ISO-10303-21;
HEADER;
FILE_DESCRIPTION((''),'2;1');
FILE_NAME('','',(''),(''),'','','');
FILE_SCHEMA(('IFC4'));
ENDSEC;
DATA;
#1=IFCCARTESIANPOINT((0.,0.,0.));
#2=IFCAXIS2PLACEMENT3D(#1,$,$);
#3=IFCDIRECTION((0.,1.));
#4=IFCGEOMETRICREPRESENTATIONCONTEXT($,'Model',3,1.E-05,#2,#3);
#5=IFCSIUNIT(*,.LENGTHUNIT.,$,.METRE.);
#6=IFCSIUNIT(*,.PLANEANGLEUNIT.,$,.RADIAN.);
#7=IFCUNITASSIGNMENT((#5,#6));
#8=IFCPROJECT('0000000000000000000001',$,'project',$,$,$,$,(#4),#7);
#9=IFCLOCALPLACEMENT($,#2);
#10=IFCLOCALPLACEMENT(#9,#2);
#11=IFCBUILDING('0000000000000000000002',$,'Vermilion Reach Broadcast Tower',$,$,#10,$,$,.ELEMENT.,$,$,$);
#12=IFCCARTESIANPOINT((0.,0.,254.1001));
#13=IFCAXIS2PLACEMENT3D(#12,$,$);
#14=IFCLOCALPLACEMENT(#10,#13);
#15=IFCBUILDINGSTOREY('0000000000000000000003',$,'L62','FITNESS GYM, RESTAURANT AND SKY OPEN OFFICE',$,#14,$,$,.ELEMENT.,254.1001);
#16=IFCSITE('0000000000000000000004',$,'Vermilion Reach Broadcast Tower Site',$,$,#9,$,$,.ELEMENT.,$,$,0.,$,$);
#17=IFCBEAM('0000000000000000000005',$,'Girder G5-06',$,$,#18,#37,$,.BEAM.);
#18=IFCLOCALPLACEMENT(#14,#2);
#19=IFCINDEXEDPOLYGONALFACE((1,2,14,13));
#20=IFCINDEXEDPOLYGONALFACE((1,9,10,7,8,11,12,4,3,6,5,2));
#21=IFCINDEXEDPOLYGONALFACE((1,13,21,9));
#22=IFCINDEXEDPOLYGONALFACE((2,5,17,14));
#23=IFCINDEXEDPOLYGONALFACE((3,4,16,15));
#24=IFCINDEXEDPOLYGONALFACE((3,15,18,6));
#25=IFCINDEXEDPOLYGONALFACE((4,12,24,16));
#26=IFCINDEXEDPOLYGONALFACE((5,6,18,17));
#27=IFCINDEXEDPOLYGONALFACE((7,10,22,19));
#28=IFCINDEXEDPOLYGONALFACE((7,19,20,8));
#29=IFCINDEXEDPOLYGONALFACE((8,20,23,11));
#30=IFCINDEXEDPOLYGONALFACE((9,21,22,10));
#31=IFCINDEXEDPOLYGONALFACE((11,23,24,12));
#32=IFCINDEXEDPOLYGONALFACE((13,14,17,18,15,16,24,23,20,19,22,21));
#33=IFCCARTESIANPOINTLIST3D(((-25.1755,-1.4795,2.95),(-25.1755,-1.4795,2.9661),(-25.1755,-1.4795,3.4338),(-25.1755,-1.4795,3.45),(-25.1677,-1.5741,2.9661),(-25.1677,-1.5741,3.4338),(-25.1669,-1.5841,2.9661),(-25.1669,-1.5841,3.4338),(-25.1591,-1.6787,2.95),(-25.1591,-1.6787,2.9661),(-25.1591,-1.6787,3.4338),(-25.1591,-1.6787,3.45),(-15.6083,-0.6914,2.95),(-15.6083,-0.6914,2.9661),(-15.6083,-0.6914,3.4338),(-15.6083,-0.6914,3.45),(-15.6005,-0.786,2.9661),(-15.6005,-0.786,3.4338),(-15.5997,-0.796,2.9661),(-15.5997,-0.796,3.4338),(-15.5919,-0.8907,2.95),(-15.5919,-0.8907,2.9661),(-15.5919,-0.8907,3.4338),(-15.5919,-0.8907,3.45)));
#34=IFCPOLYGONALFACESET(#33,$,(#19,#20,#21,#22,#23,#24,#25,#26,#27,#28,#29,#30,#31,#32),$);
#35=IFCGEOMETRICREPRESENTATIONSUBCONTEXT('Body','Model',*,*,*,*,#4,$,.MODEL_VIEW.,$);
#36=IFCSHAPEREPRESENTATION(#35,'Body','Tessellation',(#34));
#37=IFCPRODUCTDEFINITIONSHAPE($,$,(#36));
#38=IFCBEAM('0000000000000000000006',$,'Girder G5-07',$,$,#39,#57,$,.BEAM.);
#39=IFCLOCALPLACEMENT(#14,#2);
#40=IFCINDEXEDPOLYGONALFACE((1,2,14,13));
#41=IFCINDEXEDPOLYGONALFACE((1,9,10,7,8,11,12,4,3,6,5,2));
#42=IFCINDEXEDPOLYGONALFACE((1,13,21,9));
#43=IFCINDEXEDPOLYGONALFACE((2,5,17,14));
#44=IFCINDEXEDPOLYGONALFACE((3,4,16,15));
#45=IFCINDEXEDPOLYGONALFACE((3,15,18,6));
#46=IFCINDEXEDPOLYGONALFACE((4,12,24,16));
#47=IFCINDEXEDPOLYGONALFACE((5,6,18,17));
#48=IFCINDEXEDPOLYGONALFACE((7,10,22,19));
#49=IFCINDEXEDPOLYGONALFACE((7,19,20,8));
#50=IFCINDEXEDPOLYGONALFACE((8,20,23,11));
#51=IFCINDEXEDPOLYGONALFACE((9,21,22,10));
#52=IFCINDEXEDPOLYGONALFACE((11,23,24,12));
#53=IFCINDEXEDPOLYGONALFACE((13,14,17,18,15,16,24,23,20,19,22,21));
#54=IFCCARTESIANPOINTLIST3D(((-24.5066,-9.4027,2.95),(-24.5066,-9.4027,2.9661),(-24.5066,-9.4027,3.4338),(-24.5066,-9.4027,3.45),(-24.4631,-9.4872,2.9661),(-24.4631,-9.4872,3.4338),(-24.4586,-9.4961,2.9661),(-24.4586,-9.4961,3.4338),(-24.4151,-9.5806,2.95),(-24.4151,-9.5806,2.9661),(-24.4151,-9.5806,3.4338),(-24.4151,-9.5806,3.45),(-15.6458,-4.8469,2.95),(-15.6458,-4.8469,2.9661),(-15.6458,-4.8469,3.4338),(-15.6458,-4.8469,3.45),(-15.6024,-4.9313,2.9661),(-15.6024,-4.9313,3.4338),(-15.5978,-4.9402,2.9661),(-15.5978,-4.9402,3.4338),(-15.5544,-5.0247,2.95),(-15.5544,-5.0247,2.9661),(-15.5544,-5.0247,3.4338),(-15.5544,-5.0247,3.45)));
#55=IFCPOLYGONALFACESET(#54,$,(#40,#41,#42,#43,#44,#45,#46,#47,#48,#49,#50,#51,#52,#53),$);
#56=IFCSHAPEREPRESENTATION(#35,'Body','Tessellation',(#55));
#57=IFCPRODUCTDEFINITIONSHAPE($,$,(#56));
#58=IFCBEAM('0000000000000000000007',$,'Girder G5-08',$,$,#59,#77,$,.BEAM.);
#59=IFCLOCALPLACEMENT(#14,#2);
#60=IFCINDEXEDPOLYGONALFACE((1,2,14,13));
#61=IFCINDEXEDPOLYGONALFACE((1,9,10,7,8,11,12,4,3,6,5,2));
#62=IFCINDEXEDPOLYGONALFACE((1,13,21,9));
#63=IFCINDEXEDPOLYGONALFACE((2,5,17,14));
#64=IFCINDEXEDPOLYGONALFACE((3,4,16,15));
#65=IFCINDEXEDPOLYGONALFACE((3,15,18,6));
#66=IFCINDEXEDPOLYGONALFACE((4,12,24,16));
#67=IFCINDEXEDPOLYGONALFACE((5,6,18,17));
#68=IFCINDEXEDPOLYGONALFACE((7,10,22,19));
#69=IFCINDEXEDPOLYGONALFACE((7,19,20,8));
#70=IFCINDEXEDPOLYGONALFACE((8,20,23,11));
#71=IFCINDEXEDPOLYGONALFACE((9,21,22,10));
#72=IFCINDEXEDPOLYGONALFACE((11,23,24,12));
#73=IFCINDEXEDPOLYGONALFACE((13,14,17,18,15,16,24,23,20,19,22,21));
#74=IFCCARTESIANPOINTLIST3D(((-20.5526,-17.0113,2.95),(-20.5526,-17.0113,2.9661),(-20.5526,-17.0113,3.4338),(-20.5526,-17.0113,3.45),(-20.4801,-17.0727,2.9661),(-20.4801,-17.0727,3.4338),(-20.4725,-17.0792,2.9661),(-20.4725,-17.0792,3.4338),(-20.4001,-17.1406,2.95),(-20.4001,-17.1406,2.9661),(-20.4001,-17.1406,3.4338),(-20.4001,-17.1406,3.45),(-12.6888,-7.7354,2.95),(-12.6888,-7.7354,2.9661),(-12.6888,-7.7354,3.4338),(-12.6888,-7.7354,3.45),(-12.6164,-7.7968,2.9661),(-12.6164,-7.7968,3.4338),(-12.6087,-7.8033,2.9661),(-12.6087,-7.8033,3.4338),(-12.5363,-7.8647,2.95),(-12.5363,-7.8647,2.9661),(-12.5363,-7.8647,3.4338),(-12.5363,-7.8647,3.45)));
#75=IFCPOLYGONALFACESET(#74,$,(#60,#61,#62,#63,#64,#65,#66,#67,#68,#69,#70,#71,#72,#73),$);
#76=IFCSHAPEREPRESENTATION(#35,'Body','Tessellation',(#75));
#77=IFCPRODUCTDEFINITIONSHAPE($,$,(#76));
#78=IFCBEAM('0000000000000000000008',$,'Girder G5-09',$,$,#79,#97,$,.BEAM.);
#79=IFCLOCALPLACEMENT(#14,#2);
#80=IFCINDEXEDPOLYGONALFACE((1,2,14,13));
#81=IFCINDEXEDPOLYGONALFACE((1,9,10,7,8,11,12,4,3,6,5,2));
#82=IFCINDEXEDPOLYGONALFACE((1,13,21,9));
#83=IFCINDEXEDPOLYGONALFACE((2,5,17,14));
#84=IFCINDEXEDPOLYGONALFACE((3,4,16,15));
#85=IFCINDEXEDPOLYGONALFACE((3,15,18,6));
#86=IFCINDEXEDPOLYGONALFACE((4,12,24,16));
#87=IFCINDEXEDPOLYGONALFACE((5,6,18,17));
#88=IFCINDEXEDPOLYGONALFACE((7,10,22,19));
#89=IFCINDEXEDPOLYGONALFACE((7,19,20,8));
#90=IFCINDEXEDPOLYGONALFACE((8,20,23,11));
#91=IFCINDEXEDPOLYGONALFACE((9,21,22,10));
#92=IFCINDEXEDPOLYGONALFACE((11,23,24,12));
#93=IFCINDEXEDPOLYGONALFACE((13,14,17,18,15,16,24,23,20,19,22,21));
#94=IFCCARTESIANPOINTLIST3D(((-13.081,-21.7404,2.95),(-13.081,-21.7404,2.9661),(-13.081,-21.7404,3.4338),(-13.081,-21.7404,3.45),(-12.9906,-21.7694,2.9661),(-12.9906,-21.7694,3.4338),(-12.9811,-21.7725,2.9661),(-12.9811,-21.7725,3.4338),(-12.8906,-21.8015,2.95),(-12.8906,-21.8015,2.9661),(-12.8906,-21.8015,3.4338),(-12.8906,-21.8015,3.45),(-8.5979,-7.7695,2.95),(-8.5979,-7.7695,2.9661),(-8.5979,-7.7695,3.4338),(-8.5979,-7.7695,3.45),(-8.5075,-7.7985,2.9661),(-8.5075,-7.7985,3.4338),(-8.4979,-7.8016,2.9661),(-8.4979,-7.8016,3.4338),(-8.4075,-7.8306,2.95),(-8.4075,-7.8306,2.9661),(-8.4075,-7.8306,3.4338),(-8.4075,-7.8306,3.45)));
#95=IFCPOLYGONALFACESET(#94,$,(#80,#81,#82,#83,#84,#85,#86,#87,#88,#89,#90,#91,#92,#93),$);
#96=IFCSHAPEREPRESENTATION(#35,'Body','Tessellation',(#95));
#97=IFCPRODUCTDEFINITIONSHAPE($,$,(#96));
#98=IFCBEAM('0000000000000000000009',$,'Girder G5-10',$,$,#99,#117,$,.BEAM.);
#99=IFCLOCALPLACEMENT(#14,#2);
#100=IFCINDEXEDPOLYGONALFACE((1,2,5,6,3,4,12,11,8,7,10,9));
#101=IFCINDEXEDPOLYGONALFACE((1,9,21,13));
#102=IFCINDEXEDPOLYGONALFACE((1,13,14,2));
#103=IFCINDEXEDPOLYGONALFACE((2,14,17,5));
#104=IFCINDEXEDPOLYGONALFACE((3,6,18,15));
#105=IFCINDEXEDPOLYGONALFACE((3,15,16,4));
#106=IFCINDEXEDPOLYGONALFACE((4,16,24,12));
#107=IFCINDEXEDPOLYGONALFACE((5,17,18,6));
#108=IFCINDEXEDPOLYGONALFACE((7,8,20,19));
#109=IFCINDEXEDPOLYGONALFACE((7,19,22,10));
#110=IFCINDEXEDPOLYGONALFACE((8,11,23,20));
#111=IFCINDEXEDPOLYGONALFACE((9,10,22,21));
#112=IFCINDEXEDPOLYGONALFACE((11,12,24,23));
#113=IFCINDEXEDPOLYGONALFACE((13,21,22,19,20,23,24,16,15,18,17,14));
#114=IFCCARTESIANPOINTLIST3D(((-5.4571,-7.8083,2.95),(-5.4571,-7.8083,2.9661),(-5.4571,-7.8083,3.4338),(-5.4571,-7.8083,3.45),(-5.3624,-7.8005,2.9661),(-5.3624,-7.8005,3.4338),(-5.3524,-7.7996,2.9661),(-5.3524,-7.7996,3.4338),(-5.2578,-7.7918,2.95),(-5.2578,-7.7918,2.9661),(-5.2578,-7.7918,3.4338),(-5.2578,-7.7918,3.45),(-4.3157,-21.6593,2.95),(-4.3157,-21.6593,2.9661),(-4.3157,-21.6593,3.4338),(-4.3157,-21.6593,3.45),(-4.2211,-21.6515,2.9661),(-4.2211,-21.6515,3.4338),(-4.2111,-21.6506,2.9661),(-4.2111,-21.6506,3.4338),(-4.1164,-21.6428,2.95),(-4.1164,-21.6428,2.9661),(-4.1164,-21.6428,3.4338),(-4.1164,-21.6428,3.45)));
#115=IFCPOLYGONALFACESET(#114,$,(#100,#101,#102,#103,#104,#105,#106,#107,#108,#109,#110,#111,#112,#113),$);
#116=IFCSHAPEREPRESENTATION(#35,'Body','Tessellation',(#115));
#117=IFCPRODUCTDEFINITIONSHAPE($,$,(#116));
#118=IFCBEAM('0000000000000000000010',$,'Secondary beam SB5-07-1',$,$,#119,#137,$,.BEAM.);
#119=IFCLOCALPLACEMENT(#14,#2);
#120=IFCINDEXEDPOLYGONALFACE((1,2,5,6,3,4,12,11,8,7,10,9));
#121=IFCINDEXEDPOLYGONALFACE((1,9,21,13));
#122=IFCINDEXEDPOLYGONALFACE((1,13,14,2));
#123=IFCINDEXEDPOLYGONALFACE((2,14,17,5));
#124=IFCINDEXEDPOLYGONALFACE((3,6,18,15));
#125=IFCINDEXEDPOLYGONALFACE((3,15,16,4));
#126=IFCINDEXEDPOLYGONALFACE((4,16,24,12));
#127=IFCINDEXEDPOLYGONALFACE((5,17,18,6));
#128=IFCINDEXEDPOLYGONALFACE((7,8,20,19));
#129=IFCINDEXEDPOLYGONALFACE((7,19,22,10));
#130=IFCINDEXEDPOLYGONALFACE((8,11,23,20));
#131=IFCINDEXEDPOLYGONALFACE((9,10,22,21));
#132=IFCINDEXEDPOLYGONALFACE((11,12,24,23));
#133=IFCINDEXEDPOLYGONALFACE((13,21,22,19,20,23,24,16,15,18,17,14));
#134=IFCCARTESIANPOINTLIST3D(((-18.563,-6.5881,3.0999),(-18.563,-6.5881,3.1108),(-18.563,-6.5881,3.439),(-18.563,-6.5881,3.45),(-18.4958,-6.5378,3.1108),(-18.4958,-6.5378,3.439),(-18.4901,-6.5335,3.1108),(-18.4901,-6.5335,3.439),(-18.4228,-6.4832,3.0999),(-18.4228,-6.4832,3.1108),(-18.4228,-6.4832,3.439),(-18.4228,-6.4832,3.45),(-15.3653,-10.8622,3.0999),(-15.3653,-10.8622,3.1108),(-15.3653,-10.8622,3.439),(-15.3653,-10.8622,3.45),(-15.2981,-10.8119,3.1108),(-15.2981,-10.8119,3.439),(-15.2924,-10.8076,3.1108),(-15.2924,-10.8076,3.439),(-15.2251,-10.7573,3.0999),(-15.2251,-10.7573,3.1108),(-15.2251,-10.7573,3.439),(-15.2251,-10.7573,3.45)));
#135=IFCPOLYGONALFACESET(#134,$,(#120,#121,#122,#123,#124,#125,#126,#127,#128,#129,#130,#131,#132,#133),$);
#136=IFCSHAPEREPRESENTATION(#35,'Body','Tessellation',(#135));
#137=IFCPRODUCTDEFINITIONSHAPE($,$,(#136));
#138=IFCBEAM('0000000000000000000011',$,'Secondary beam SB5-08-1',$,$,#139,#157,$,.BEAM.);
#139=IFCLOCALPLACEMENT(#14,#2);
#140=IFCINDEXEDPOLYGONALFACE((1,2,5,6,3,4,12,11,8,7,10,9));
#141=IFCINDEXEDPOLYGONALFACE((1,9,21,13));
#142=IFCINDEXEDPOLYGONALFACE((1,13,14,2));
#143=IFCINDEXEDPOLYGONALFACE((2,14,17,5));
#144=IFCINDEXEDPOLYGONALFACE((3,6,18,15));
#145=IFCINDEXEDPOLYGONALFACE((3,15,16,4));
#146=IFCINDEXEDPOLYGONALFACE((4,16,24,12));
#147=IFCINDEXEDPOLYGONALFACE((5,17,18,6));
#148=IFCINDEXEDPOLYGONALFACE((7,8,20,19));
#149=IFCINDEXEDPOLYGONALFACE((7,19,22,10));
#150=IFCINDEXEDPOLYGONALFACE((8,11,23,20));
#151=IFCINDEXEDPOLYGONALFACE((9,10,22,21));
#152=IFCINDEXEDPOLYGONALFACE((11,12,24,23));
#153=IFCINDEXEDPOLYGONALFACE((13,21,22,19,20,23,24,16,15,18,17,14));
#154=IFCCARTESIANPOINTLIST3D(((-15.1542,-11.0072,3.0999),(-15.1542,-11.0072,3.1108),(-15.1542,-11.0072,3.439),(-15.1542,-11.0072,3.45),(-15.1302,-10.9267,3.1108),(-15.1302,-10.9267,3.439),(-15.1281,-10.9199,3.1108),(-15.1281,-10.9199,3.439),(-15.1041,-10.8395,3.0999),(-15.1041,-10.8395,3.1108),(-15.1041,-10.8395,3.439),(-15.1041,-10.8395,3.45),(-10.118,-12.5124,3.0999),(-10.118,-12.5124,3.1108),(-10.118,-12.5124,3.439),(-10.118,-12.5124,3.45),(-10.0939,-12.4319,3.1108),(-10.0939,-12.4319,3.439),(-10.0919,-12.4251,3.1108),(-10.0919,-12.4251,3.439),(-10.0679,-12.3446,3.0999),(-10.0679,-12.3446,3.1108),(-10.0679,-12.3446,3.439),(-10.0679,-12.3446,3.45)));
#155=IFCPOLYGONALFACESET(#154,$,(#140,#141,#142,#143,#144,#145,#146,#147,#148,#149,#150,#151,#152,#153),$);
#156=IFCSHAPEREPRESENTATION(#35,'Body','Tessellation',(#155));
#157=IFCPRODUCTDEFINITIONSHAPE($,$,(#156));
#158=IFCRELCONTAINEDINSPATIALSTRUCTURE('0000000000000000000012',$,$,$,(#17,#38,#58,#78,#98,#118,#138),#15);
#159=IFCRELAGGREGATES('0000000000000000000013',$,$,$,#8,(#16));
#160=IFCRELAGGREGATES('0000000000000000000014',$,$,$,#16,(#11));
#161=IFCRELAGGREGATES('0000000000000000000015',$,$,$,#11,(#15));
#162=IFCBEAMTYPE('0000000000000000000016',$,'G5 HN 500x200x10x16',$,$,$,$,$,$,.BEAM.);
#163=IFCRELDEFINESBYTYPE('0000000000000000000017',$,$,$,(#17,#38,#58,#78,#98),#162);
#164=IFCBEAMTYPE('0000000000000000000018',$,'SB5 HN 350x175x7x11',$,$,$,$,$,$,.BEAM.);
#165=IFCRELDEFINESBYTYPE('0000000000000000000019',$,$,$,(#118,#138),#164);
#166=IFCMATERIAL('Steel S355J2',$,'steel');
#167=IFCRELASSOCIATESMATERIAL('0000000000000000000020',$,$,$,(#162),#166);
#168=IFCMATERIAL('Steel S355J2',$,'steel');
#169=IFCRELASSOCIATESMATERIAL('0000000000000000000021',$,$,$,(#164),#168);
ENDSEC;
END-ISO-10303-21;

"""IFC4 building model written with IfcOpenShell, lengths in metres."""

from ifc_helpers import new_model, si_unit, direction, frame, origin, origin_2d, place, context, subcontext, project, spatial, i_section, extrude, material, material_profile, profile_set, type_object, element, save


model = new_model("IFC4")

# Units and contexts
model_context = context("Model", 3, precision=1e-05, world=origin(), true_north=direction((0.0, 1.0)))
body_context = subcontext(model_context, "Body", "Model", "MODEL_VIEW")
ifc_project = project(units=[si_unit("LENGTHUNIT", "METRE"), si_unit("PLANEANGLEUNIT", "RADIAN")], contexts=[model_context])

# Site, building, storey
site_placement = place(None, origin())
site = spatial("IfcSite", under=ifc_project, at=site_placement, Name="Vermilion Reach Broadcast Tower Site", CompositionType="ELEMENT", RefElevation=0.0)
building_placement = place(site_placement, origin())
building = spatial("IfcBuilding", under=site, at=building_placement, Name="Vermilion Reach Broadcast Tower", CompositionType="ELEMENT")
storey_placement = place(building_placement, frame((0.0, 0.0, 254.1001)))
storey = spatial("IfcBuildingStorey", under=building, at=storey_placement, Name="L62", Description="FITNESS GYM, RESTAURANT AND SKY OPEN OFFICE", CompositionType="ELEMENT", Elevation=254.1001)

# Beams
ifc_material_1 = material(Name="Steel S355J2", Category="steel")
ifc_material_profile_1 = material_profile(ifc_material_1, i_section(OverallWidth=0.2, OverallDepth=0.5, WebThickness=0.01, FlangeThickness=0.0161, at=origin_2d()), Name="S355J2 HN 500x200x10x16")
ifc_profile_set_1 = profile_set([ifc_material_profile_1], Name="Steel S355J2")
beam_type_1 = type_object("IfcBeamType", Name="G5 HN 500x200x10x16", PredefinedType="BEAM", material=ifc_profile_set_1)
beam_1_placement = place(storey_placement, frame((-15.6001, -0.791, 3.2), z_axis=(-0.996624, -0.082096, 0.0), x_axis=(0.082096, -0.996624, 0.0)))
element("IfcBeam", 1, at=beam_1_placement, inside=storey, type_object=beam_type_1, Name="Girder G5-06", PredefinedType="BEAM", context=body_context, shape_type="SweptSolid", body=[
    extrude(i_section(OverallWidth=0.2, OverallDepth=0.5, WebThickness=0.01, FlangeThickness=0.0161, at=origin_2d()), origin(), (0.0, 0.0, 1.0), 9.5996),
])
beam_2_placement = place(storey_placement, frame((-15.6001, -4.9358, 3.2), z_axis=(-0.889333, -0.457261, 0.0), x_axis=(0.457261, -0.889333, 0.0)))
element("IfcBeam", 2, at=beam_2_placement, inside=storey, type_object=beam_type_1, Name="Girder G5-07", PredefinedType="BEAM", context=body_context, shape_type="SweptSolid", body=[
    extrude(i_section(OverallWidth=0.2, OverallDepth=0.5, WebThickness=0.01, FlangeThickness=0.0161, at=origin_2d()), origin(), (0.0, 0.0, 1.0), 9.9634),
])
beam_3_placement = place(storey_placement, frame((-12.6125, -7.8, 3.2), z_axis=(-0.646658, -0.76278, 0.0), x_axis=(0.76278, -0.646658, 0.0)))
element("IfcBeam", 3, at=beam_3_placement, inside=storey, type_object=beam_type_1, Name="Girder G5-08", PredefinedType="BEAM", context=body_context, shape_type="SweptSolid", body=[
    extrude(i_section(OverallWidth=0.2, OverallDepth=0.5, WebThickness=0.01, FlangeThickness=0.0161, at=origin_2d()), origin(), (0.0, 0.0, 1.0), 12.1606),
])
beam_4_placement = place(storey_placement, frame((-8.5027, -7.8, 3.2), z_axis=(-0.305545, -0.952178, 0.0), x_axis=(0.952178, -0.305545, 0.0)))
element("IfcBeam", 4, at=beam_4_placement, inside=storey, type_object=beam_type_1, Name="Girder G5-09", PredefinedType="BEAM", context=body_context, shape_type="SweptSolid", body=[
    extrude(i_section(OverallWidth=0.2, OverallDepth=0.5, WebThickness=0.01, FlangeThickness=0.0161, at=origin_2d()), origin(), (0.0, 0.0, 1.0), 14.6726),
])
beam_5_placement = place(storey_placement, frame((-5.3574, -7.8, 3.2), z_axis=(0.082124, -0.996622, 0.0), x_axis=(0.996622, 0.082124, 0.0)))
element("IfcBeam", 5, at=beam_5_placement, inside=storey, type_object=beam_type_1, Name="Girder G5-10", PredefinedType="BEAM", context=body_context, shape_type="SweptSolid", body=[
    extrude(i_section(OverallWidth=0.2, OverallDepth=0.5, WebThickness=0.01, FlangeThickness=0.0161, at=origin_2d()), origin(), (0.0, 0.0, 1.0), 13.8979),
])
ifc_material_2 = material(Name="Steel S355J2", Category="steel")
ifc_material_profile_2 = material_profile(ifc_material_2, i_section(OverallWidth=0.175, OverallDepth=0.3501, WebThickness=0.0071, FlangeThickness=0.011, at=origin_2d()), Name="S355J2 HN 350x175x7x11")
ifc_profile_set_2 = profile_set([ifc_material_profile_2], Name="Steel S355J2")
beam_type_2 = type_object("IfcBeamType", Name="SB5 HN 350x175x7x11", PredefinedType="BEAM", material=ifc_profile_set_2)
beam_6_placement = place(storey_placement, frame((-18.4929, -6.5356, 3.2749), z_axis=(0.599056, -0.800707, 0.0), x_axis=(0.800707, 0.599056, 0.0)))
element("IfcBeam", 6, at=beam_6_placement, inside=storey, type_object=beam_type_2, Name="Secondary beam SB5-07-1", PredefinedType="BEAM", context=body_context, shape_type="SweptSolid", body=[
    extrude(i_section(OverallWidth=0.175, OverallDepth=0.3501, WebThickness=0.0071, FlangeThickness=0.011, at=origin_2d()), origin(), (0.0, 0.0, 1.0), 5.3379),
])
beam_7_placement = place(storey_placement, frame((-15.1292, -10.9233, 3.2749), z_axis=(0.958125, -0.286351, 0.0), x_axis=(0.286351, 0.958125, 0.0)))
element("IfcBeam", 7, at=beam_7_placement, inside=storey, type_object=beam_type_2, Name="Secondary beam SB5-08-1", PredefinedType="BEAM", context=body_context, shape_type="SweptSolid", body=[
    extrude(i_section(OverallWidth=0.175, OverallDepth=0.3501, WebThickness=0.0071, FlangeThickness=0.011, at=origin_2d()), origin(), (0.0, 0.0, 1.0), 5.2563),
])

save(model, "model.ifc")
